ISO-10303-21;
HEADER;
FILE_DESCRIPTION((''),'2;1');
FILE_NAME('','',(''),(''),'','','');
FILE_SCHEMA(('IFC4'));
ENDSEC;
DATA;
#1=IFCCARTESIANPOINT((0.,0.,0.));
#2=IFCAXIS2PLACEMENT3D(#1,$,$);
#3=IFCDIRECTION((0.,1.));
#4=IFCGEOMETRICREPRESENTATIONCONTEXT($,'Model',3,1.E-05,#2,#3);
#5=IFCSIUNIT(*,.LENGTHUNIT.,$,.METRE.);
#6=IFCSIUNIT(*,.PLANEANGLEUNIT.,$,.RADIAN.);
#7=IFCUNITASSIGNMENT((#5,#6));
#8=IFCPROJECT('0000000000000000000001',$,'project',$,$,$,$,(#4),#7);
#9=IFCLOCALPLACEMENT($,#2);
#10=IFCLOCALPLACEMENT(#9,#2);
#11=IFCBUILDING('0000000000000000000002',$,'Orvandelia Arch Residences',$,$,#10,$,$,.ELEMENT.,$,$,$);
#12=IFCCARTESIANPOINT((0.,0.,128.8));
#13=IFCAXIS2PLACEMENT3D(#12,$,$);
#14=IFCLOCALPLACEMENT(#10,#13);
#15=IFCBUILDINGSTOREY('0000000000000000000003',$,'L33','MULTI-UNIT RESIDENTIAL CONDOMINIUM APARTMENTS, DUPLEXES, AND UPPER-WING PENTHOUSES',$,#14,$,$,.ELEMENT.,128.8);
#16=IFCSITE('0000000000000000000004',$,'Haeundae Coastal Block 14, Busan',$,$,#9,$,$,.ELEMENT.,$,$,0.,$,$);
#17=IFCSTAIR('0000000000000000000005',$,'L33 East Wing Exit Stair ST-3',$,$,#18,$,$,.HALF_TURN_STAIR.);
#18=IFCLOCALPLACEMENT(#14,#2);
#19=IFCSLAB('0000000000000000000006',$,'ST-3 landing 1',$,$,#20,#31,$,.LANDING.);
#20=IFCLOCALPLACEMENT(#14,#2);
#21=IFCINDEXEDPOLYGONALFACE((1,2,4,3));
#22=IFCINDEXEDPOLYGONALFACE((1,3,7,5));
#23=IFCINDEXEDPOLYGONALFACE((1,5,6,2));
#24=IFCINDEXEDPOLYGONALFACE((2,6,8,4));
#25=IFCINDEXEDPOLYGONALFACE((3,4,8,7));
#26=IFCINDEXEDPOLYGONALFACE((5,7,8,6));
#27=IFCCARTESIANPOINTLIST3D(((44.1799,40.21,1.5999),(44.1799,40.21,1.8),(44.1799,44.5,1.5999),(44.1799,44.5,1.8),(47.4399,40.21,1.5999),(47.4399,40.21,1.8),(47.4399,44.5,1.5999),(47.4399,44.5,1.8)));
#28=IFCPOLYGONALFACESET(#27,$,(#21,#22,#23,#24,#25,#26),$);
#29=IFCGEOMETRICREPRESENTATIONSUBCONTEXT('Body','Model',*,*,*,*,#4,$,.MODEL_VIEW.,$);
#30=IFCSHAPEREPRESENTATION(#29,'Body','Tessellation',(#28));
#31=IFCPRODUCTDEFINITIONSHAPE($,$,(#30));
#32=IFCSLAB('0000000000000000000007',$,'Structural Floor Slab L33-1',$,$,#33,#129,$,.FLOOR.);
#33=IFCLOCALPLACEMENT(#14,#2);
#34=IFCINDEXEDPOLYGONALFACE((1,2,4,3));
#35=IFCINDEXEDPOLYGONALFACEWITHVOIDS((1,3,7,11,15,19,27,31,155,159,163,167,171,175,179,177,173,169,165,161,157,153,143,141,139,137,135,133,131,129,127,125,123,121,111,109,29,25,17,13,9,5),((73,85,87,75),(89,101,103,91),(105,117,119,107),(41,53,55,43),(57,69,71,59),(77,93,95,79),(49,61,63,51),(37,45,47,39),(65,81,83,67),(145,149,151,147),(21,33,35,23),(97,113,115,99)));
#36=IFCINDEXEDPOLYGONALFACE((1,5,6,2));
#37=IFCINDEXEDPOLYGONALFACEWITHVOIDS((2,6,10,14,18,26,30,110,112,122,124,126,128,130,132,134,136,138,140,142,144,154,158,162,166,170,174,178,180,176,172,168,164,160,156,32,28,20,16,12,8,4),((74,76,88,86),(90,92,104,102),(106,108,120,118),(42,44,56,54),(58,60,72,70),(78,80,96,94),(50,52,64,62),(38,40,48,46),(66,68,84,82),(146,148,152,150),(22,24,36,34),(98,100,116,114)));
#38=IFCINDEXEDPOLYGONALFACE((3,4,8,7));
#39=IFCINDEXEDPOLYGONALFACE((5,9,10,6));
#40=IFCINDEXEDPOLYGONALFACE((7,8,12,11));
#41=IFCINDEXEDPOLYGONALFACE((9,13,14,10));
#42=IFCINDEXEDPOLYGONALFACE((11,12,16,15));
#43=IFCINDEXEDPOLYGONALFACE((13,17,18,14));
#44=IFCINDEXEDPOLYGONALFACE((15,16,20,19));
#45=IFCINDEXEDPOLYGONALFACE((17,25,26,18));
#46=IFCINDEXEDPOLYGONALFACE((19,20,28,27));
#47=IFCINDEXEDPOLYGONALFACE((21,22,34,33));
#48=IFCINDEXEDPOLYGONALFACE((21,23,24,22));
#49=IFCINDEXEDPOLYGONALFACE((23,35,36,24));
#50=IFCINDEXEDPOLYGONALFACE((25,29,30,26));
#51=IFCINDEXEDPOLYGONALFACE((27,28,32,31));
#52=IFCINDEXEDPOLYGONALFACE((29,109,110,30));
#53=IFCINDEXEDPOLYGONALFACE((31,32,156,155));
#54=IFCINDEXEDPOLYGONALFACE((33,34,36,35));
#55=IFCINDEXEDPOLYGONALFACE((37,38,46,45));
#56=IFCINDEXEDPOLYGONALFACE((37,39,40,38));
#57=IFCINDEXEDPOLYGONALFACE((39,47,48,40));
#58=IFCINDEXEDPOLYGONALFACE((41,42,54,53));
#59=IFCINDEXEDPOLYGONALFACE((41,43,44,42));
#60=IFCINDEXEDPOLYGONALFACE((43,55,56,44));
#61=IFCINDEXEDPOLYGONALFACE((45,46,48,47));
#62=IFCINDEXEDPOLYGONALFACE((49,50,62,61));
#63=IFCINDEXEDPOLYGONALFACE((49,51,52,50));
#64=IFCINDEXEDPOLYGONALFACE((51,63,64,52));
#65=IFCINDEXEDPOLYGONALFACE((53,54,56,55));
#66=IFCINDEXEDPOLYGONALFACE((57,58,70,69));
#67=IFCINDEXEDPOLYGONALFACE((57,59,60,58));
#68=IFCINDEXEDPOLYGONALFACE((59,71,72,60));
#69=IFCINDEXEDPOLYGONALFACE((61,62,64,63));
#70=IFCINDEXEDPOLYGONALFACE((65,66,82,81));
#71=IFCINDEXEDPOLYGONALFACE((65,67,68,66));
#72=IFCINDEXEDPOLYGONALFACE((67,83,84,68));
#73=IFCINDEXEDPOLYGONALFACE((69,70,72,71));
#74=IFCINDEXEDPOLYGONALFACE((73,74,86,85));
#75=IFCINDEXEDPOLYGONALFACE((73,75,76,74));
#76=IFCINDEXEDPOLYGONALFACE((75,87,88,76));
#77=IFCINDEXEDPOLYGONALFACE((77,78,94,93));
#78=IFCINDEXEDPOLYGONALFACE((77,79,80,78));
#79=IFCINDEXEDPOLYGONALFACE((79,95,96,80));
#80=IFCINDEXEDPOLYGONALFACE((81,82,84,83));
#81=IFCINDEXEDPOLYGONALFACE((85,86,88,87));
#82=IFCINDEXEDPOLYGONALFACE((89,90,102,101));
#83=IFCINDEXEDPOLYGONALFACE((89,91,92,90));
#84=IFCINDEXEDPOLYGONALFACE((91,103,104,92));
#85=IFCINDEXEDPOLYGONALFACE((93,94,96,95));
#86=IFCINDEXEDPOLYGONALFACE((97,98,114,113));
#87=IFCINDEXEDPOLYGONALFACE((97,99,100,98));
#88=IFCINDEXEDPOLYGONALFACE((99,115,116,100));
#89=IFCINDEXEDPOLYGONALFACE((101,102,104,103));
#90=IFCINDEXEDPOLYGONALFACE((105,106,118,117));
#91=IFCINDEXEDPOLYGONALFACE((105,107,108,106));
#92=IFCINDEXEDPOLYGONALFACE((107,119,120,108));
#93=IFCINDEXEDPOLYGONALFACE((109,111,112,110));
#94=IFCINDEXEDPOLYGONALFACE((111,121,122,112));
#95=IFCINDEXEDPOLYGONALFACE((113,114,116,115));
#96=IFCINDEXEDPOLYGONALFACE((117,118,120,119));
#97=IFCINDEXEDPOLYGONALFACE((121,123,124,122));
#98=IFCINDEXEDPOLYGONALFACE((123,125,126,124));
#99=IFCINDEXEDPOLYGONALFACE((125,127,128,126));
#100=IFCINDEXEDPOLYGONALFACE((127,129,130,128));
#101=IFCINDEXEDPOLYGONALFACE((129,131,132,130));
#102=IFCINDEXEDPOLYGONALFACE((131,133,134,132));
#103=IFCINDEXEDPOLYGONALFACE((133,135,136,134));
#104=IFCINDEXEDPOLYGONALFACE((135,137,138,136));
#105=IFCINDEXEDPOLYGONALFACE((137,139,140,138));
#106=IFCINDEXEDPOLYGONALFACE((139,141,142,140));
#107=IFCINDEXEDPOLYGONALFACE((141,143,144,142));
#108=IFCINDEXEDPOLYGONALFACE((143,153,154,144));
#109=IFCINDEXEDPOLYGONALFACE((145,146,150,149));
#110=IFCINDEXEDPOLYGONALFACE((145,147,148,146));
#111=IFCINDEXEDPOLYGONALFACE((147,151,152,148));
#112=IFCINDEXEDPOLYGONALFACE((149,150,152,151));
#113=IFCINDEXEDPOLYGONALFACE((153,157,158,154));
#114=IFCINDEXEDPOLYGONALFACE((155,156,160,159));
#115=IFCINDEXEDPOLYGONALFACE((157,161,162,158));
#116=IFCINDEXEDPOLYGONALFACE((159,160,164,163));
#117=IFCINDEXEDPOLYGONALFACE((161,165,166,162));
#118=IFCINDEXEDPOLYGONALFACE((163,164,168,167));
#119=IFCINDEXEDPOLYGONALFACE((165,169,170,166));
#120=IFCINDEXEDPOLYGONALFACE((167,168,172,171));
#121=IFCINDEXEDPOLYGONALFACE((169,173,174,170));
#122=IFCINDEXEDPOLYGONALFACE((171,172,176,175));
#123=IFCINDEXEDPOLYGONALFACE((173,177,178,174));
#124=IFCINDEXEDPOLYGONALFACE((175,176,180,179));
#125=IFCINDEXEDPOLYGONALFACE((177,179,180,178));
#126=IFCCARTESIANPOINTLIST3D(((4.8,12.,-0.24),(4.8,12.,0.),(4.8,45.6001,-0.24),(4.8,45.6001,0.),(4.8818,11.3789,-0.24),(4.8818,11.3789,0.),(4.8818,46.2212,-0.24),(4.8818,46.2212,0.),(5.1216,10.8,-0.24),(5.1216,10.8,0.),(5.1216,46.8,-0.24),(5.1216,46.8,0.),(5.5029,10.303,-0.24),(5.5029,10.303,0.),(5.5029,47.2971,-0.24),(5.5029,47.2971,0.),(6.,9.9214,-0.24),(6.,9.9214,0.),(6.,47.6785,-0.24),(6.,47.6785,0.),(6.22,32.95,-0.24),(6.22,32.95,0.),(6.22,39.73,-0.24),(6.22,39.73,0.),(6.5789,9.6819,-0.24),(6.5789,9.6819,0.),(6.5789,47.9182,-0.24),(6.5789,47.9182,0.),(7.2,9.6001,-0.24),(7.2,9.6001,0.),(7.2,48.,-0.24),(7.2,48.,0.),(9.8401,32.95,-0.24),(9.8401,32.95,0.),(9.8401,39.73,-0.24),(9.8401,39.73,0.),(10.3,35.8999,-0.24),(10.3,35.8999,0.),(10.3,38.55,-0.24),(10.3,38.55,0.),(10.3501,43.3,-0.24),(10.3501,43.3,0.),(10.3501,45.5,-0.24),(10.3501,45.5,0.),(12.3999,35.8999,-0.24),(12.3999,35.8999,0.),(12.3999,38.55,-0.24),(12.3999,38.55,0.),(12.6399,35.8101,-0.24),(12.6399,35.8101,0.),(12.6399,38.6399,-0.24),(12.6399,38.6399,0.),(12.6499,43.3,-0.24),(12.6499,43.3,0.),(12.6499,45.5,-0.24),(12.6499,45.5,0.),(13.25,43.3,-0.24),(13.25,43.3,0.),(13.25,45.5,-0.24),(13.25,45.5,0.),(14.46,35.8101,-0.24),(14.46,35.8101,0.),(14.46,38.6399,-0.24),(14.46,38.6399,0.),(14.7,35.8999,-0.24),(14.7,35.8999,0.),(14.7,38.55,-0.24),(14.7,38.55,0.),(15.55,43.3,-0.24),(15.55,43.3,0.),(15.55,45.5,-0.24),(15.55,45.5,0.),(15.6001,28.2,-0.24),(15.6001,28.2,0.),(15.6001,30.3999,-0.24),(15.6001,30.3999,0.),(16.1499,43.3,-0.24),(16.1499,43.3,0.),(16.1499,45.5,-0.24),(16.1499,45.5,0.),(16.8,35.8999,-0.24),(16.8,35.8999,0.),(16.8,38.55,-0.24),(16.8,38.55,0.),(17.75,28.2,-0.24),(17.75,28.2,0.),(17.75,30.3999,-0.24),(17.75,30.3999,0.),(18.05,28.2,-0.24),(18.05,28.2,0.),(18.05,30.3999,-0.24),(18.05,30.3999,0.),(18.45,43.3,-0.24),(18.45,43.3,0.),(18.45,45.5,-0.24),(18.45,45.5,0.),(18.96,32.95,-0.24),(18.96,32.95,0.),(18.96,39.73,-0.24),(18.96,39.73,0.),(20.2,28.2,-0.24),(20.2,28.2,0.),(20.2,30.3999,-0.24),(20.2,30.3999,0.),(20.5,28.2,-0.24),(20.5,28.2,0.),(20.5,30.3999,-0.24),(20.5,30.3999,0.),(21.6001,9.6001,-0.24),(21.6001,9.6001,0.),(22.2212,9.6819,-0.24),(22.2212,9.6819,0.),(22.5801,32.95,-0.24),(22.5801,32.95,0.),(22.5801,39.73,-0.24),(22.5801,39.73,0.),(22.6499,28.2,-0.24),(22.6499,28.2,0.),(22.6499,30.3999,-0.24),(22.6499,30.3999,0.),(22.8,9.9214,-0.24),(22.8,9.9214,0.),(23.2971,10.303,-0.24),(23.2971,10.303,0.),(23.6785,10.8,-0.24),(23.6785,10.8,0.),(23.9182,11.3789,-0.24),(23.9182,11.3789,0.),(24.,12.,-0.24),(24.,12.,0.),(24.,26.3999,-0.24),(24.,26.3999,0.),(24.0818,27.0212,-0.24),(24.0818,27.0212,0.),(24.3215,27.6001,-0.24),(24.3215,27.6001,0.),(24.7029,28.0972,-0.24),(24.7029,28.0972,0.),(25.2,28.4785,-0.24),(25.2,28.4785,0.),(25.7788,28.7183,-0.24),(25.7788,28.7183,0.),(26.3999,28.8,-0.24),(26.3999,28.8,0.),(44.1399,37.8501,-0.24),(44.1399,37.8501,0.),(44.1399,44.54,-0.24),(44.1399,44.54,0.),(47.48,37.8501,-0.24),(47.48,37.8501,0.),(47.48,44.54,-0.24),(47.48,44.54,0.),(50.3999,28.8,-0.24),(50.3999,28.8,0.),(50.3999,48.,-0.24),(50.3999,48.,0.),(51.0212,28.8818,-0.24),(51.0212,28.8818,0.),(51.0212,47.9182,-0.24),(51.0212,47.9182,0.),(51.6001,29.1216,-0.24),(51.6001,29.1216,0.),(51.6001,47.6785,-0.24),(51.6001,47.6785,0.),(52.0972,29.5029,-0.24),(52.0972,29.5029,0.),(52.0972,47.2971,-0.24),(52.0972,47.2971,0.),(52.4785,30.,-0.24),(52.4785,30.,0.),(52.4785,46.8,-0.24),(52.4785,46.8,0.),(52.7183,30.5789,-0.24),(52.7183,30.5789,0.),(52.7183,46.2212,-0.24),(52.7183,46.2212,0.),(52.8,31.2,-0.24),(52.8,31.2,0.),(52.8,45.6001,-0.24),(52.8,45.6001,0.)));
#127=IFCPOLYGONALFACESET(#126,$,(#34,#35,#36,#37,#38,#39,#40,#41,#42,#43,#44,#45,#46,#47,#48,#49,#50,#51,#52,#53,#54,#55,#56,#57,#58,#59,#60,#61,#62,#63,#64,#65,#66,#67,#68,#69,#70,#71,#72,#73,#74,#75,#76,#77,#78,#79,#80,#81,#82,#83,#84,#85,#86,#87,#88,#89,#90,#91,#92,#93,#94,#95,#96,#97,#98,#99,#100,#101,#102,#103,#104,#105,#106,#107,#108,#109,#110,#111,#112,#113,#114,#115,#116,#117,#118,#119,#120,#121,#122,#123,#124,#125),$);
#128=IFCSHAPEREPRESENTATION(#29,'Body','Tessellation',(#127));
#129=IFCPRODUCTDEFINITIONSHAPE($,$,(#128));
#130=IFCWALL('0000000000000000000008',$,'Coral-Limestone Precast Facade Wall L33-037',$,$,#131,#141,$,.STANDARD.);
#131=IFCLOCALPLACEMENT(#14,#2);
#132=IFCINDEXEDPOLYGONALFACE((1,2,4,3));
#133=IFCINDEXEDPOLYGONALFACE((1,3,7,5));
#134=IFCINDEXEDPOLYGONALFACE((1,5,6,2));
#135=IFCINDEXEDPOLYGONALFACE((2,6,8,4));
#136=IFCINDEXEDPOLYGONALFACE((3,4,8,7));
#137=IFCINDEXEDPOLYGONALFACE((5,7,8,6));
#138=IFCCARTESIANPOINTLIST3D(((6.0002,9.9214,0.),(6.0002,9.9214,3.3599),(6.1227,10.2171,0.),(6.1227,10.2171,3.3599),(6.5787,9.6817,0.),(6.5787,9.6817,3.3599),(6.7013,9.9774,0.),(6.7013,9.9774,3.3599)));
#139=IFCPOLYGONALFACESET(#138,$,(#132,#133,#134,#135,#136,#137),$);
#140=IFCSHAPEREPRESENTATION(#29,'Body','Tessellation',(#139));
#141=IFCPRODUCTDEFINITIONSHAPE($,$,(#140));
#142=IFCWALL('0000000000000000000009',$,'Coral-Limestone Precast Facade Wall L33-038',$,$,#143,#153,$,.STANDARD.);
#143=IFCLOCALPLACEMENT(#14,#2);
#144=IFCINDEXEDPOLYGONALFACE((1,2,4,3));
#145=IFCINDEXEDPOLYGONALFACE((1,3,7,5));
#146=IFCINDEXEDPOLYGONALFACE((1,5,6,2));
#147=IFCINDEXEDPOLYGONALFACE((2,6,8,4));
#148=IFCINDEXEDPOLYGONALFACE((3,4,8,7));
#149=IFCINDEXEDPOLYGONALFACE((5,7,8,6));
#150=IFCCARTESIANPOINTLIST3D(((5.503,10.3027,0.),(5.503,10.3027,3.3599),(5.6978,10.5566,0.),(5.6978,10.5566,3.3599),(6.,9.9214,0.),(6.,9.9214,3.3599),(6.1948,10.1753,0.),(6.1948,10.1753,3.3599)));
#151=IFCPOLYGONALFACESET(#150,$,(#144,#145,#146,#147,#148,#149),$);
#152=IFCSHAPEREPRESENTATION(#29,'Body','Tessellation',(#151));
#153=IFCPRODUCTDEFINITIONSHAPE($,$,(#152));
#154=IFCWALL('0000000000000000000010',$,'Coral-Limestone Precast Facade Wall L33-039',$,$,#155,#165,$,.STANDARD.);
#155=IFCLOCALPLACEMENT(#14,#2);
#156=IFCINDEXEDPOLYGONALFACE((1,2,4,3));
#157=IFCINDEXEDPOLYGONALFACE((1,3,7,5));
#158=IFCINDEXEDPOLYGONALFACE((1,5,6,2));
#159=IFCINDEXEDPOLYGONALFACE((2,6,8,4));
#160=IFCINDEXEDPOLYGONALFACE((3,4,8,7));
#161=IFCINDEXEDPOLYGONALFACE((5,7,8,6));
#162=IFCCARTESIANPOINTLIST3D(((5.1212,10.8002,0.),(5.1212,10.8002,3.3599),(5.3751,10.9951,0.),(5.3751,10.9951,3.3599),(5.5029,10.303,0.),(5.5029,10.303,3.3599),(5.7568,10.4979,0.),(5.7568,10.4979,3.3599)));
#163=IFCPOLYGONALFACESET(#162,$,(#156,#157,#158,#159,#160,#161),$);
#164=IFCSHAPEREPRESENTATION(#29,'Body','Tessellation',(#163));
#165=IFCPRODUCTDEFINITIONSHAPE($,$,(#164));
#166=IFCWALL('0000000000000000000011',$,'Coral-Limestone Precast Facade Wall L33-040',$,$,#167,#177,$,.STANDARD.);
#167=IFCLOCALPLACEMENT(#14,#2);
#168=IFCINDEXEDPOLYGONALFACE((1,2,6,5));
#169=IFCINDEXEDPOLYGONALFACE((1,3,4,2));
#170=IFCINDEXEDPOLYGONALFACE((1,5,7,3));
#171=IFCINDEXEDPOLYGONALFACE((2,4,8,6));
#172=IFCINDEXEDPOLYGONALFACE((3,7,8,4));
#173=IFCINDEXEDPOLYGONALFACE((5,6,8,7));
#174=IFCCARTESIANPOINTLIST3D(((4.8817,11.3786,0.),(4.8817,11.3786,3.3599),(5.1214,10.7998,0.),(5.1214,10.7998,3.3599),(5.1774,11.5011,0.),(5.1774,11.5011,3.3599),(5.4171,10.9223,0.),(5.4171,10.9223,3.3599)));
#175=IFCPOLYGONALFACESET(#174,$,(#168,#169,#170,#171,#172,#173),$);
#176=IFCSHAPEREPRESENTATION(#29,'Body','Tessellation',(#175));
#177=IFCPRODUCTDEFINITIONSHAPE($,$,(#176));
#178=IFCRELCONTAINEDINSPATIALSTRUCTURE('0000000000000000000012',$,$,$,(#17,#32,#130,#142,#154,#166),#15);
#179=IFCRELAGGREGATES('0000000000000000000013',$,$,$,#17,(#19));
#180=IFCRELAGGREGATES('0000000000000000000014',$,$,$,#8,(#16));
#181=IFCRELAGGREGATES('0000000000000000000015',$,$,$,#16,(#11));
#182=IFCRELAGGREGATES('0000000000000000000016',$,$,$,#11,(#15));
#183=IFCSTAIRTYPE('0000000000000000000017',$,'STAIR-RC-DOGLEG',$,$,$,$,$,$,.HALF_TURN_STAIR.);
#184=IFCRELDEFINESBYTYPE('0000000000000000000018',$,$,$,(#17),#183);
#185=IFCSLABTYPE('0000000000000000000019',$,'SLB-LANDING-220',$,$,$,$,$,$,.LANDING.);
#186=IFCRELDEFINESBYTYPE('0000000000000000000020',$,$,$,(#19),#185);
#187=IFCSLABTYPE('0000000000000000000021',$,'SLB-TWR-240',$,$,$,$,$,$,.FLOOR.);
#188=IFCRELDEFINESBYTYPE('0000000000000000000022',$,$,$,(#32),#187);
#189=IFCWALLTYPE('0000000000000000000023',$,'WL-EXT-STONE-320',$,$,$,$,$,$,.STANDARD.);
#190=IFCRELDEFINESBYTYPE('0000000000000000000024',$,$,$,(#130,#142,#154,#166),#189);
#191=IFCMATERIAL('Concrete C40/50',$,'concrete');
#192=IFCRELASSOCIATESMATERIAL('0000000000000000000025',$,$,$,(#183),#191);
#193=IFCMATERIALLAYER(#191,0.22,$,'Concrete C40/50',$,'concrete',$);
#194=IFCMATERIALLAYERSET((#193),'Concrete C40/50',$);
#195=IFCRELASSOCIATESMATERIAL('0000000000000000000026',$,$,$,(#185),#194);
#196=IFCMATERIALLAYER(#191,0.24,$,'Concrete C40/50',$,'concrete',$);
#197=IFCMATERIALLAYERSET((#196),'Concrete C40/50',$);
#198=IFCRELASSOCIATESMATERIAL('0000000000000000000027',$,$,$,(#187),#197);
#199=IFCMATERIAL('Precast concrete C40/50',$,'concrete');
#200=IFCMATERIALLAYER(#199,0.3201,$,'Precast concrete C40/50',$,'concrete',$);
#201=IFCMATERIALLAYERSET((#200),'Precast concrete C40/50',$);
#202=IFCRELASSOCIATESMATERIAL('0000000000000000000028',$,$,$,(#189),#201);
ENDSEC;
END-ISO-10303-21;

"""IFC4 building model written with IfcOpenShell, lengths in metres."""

from ifc_helpers import new_model, si_unit, direction, frame, frame_2d, origin, place, context, subcontext, project, spatial, polyline, rectangle, outline, extrude, material, layer, layer_set, type_object, element, aggregate, save


model = new_model("IFC4")

# Units and contexts
model_context = context("Model", 3, precision=1e-05, world=origin(), true_north=direction((0.0, 1.0)))
body_context = subcontext(model_context, "Body", "Model", "MODEL_VIEW")
ifc_project = project(units=[si_unit("LENGTHUNIT", "METRE"), si_unit("PLANEANGLEUNIT", "RADIAN")], contexts=[model_context])

# Site, building, storey
site_placement = place(None, origin())
site = spatial("IfcSite", under=ifc_project, at=site_placement, Name="Haeundae Coastal Block 14, Busan", CompositionType="ELEMENT", RefElevation=0.0)
building_placement = place(site_placement, origin())
building = spatial("IfcBuilding", under=site, at=building_placement, Name="Orvandelia Arch Residences", CompositionType="ELEMENT")
storey_placement = place(building_placement, frame((0.0, 0.0, 128.8)))
storey = spatial("IfcBuildingStorey", under=building, at=storey_placement, Name="L33", Description="MULTI-UNIT RESIDENTIAL CONDOMINIUM APARTMENTS, DUPLEXES, AND UPPER-WING PENTHOUSES", CompositionType="ELEMENT", Elevation=128.8)

# Shared definitions
ifc_material_1 = material(Name="Precast concrete C40/50", Category="concrete")

# Stair, slab
ifc_material_2 = material(Name="Concrete C40/50", Category="concrete")
stair_type = type_object("IfcStairType", Name="STAIR-RC-DOGLEG", PredefinedType="HALF_TURN_STAIR", material=ifc_material_2)
ifc_layer_1 = layer(ifc_material_2, 0.22, Name="Concrete C40/50", Category="concrete")
ifc_layer_set_1 = layer_set([ifc_layer_1], Name="Concrete C40/50")
slab_type_1 = type_object("IfcSlabType", Name="SLB-LANDING-220", PredefinedType="LANDING", material=ifc_layer_set_1)
stair_1_placement = place(storey_placement, origin())
stair_1 = element("IfcStair", 1, at=stair_1_placement, inside=storey, type_object=stair_type, Name="L33 East Wing Exit Stair ST-3", PredefinedType="HALF_TURN_STAIR")
slab_1_placement = place(storey_placement, frame((0.0, 0.0, 1.5999)))
slab_1 = element("IfcSlab", 2, at=slab_1_placement, type_object=slab_type_1, Name="ST-3 landing 1", PredefinedType="LANDING", context=body_context, shape_type="SweptSolid", body=[
    extrude(outline(polyline([(47.4399, 40.21), (47.4399, 44.5), (44.1799, 44.5), (44.1799, 40.21), (47.4399, 40.21)])), origin(), (0.0, 0.0, 1.0), 0.2002),
])
aggregate(stair_1, [slab_1])

# Slab
ifc_layer_2 = layer(ifc_material_2, 0.24, Name="Concrete C40/50", Category="concrete")
ifc_layer_set_2 = layer_set([ifc_layer_2], Name="Concrete C40/50")
slab_type_2 = type_object("IfcSlabType", Name="SLB-TWR-240", PredefinedType="FLOOR", material=ifc_layer_set_2)
slab_2_placement = place(storey_placement, frame((0.0, 0.0, -0.24)))
element("IfcSlab", 3, at=slab_2_placement, inside=storey, type_object=slab_type_2, Name="Structural Floor Slab L33-1", PredefinedType="FLOOR", context=body_context, shape_type="SweptSolid", body=[
    extrude(outline(polyline([(4.8, 12.0), (4.8818, 11.3789), (5.1216, 10.8), (5.5029, 10.303), (6.0, 9.9214), (6.5789, 9.6819), (7.2, 9.6001), (21.6001, 9.6001), (22.2212, 9.6819), (22.8, 9.9214), (23.2971, 10.303), (23.6785, 10.8), (23.9182, 11.3789), (24.0, 12.0), (24.0, 26.3999), (24.0818, 27.0212), (24.3215, 27.6001), (24.7029, 28.0972), (25.2, 28.4785), (25.7788, 28.7183), (26.3999, 28.8), (50.3999, 28.8), (51.0212, 28.8818), (51.6001, 29.1216), (52.0972, 29.5029), (52.4785, 30.0), (52.7183, 30.5789), (52.8, 31.2), (52.8, 45.6001), (52.7183, 46.2212), (52.4785, 46.8), (52.0972, 47.2971), (51.6001, 47.6785), (51.0212, 47.9182), (50.3999, 48.0), (7.2, 48.0), (6.5789, 47.9182), (6.0, 47.6785), (5.5029, 47.2971), (5.1216, 46.8), (4.8818, 46.2212), (4.8, 45.6001), (4.8, 12.0)]), holes=[polyline([(6.22, 32.95), (9.8401, 32.95), (9.8401, 39.73), (6.22, 39.73), (6.22, 32.95)]), polyline([(18.96, 32.95), (22.5801, 32.95), (22.5801, 39.73), (18.96, 39.73), (18.96, 32.95)]), polyline([(44.1399, 37.8501), (47.48, 37.8501), (47.48, 44.54), (44.1399, 44.54), (44.1399, 37.8501)]), polyline([(12.6399, 35.8101), (14.46, 35.8101), (14.46, 38.6399), (12.6399, 38.6399), (12.6399, 35.8101)]), polyline([(10.3, 35.8999), (12.3999, 35.8999), (12.3999, 38.55), (10.3, 38.55), (10.3, 35.8999)]), polyline([(14.7, 35.8999), (16.8, 35.8999), (16.8, 38.55), (14.7, 38.55), (14.7, 35.8999)]), polyline([(10.3501, 43.3), (12.6499, 43.3), (12.6499, 45.5), (10.3501, 45.5), (10.3501, 43.3)]), polyline([(13.25, 43.3), (15.55, 43.3), (15.55, 45.5), (13.25, 45.5), (13.25, 43.3)]), polyline([(16.1499, 43.3), (18.45, 43.3), (18.45, 45.5), (16.1499, 45.5), (16.1499, 43.3)]), polyline([(15.6001, 28.2), (17.75, 28.2), (17.75, 30.3999), (15.6001, 30.3999), (15.6001, 28.2)]), polyline([(18.05, 28.2), (20.2, 28.2), (20.2, 30.3999), (18.05, 30.3999), (18.05, 28.2)]), polyline([(20.5, 28.2), (22.6499, 28.2), (22.6499, 30.3999), (20.5, 30.3999), (20.5, 28.2)])]), origin(), (0.0, 0.0, 1.0), 0.24),
])

# Walls
ifc_layer_3 = layer(ifc_material_1, 0.3201, Name="Precast concrete C40/50", Category="concrete")
ifc_layer_set_3 = layer_set([ifc_layer_3], Name="Precast concrete C40/50")
wall_type_1 = type_object("IfcWallType", Name="WL-EXT-STONE-320", PredefinedType="STANDARD", material=ifc_layer_set_3)
wall_1_placement = place(storey_placement, frame((6.6399, 9.8296, 0.0), z_axis=(0.0, 0.0, 1.0), x_axis=(-0.923836, 0.382788, 0.0)))
element("IfcWall", 4, at=wall_1_placement, inside=storey, type_object=wall_type_1, Name="Coral-Limestone Precast Facade Wall L33-037", PredefinedType="STANDARD", context=body_context, shape_type="SweptSolid", body=[
    extrude(rectangle(XDim=0.6262, YDim=0.3201, at=frame_2d((0.313, 0.0))), origin(), (0.0, 0.0, 1.0), 3.3599),
])
wall_2_placement = place(storey_placement, frame((6.0974, 10.0483, 0.0), z_axis=(0.0, 0.0, 1.0), x_axis=(-0.793406, 0.608693, 0.0)))
element("IfcWall", 5, at=wall_2_placement, inside=storey, type_object=wall_type_1, Name="Coral-Limestone Precast Facade Wall L33-038", PredefinedType="STANDARD", context=body_context, shape_type="SweptSolid", body=[
    extrude(rectangle(XDim=0.6265, YDim=0.3201, at=frame_2d((0.3132, 0.0))), origin(), (0.0, 0.0, 1.0), 3.3599),
])
wall_3_placement = place(storey_placement, frame((5.6299, 10.4004, 0.0), z_axis=(0.0, 0.0, 1.0), x_axis=(-0.608939, 0.793217, 0.0)))
element("IfcWall", 6, at=wall_3_placement, inside=storey, type_object=wall_type_1, Name="Coral-Limestone Precast Facade Wall L33-039", PredefinedType="STANDARD", context=body_context, shape_type="SweptSolid", body=[
    extrude(rectangle(XDim=0.6267, YDim=0.3201, at=frame_2d((0.3135, 0.0))), origin(), (0.0, 0.0, 1.0), 3.3599),
])
wall_4_placement = place(storey_placement, frame((5.2693, 10.8611, 0.0), z_axis=(0.0, 0.0, 1.0), x_axis=(-0.38265, 0.923893, 0.0)))
element("IfcWall", 7, at=wall_4_placement, inside=storey, type_object=wall_type_1, Name="Coral-Limestone Precast Facade Wall L33-040", PredefinedType="STANDARD", context=body_context, shape_type="SweptSolid", body=[
    extrude(rectangle(XDim=0.6265, YDim=0.3201, at=frame_2d((0.3132, 0.0))), origin(), (0.0, 0.0, 1.0), 3.3599),
])

save(model, "model.ifc")
